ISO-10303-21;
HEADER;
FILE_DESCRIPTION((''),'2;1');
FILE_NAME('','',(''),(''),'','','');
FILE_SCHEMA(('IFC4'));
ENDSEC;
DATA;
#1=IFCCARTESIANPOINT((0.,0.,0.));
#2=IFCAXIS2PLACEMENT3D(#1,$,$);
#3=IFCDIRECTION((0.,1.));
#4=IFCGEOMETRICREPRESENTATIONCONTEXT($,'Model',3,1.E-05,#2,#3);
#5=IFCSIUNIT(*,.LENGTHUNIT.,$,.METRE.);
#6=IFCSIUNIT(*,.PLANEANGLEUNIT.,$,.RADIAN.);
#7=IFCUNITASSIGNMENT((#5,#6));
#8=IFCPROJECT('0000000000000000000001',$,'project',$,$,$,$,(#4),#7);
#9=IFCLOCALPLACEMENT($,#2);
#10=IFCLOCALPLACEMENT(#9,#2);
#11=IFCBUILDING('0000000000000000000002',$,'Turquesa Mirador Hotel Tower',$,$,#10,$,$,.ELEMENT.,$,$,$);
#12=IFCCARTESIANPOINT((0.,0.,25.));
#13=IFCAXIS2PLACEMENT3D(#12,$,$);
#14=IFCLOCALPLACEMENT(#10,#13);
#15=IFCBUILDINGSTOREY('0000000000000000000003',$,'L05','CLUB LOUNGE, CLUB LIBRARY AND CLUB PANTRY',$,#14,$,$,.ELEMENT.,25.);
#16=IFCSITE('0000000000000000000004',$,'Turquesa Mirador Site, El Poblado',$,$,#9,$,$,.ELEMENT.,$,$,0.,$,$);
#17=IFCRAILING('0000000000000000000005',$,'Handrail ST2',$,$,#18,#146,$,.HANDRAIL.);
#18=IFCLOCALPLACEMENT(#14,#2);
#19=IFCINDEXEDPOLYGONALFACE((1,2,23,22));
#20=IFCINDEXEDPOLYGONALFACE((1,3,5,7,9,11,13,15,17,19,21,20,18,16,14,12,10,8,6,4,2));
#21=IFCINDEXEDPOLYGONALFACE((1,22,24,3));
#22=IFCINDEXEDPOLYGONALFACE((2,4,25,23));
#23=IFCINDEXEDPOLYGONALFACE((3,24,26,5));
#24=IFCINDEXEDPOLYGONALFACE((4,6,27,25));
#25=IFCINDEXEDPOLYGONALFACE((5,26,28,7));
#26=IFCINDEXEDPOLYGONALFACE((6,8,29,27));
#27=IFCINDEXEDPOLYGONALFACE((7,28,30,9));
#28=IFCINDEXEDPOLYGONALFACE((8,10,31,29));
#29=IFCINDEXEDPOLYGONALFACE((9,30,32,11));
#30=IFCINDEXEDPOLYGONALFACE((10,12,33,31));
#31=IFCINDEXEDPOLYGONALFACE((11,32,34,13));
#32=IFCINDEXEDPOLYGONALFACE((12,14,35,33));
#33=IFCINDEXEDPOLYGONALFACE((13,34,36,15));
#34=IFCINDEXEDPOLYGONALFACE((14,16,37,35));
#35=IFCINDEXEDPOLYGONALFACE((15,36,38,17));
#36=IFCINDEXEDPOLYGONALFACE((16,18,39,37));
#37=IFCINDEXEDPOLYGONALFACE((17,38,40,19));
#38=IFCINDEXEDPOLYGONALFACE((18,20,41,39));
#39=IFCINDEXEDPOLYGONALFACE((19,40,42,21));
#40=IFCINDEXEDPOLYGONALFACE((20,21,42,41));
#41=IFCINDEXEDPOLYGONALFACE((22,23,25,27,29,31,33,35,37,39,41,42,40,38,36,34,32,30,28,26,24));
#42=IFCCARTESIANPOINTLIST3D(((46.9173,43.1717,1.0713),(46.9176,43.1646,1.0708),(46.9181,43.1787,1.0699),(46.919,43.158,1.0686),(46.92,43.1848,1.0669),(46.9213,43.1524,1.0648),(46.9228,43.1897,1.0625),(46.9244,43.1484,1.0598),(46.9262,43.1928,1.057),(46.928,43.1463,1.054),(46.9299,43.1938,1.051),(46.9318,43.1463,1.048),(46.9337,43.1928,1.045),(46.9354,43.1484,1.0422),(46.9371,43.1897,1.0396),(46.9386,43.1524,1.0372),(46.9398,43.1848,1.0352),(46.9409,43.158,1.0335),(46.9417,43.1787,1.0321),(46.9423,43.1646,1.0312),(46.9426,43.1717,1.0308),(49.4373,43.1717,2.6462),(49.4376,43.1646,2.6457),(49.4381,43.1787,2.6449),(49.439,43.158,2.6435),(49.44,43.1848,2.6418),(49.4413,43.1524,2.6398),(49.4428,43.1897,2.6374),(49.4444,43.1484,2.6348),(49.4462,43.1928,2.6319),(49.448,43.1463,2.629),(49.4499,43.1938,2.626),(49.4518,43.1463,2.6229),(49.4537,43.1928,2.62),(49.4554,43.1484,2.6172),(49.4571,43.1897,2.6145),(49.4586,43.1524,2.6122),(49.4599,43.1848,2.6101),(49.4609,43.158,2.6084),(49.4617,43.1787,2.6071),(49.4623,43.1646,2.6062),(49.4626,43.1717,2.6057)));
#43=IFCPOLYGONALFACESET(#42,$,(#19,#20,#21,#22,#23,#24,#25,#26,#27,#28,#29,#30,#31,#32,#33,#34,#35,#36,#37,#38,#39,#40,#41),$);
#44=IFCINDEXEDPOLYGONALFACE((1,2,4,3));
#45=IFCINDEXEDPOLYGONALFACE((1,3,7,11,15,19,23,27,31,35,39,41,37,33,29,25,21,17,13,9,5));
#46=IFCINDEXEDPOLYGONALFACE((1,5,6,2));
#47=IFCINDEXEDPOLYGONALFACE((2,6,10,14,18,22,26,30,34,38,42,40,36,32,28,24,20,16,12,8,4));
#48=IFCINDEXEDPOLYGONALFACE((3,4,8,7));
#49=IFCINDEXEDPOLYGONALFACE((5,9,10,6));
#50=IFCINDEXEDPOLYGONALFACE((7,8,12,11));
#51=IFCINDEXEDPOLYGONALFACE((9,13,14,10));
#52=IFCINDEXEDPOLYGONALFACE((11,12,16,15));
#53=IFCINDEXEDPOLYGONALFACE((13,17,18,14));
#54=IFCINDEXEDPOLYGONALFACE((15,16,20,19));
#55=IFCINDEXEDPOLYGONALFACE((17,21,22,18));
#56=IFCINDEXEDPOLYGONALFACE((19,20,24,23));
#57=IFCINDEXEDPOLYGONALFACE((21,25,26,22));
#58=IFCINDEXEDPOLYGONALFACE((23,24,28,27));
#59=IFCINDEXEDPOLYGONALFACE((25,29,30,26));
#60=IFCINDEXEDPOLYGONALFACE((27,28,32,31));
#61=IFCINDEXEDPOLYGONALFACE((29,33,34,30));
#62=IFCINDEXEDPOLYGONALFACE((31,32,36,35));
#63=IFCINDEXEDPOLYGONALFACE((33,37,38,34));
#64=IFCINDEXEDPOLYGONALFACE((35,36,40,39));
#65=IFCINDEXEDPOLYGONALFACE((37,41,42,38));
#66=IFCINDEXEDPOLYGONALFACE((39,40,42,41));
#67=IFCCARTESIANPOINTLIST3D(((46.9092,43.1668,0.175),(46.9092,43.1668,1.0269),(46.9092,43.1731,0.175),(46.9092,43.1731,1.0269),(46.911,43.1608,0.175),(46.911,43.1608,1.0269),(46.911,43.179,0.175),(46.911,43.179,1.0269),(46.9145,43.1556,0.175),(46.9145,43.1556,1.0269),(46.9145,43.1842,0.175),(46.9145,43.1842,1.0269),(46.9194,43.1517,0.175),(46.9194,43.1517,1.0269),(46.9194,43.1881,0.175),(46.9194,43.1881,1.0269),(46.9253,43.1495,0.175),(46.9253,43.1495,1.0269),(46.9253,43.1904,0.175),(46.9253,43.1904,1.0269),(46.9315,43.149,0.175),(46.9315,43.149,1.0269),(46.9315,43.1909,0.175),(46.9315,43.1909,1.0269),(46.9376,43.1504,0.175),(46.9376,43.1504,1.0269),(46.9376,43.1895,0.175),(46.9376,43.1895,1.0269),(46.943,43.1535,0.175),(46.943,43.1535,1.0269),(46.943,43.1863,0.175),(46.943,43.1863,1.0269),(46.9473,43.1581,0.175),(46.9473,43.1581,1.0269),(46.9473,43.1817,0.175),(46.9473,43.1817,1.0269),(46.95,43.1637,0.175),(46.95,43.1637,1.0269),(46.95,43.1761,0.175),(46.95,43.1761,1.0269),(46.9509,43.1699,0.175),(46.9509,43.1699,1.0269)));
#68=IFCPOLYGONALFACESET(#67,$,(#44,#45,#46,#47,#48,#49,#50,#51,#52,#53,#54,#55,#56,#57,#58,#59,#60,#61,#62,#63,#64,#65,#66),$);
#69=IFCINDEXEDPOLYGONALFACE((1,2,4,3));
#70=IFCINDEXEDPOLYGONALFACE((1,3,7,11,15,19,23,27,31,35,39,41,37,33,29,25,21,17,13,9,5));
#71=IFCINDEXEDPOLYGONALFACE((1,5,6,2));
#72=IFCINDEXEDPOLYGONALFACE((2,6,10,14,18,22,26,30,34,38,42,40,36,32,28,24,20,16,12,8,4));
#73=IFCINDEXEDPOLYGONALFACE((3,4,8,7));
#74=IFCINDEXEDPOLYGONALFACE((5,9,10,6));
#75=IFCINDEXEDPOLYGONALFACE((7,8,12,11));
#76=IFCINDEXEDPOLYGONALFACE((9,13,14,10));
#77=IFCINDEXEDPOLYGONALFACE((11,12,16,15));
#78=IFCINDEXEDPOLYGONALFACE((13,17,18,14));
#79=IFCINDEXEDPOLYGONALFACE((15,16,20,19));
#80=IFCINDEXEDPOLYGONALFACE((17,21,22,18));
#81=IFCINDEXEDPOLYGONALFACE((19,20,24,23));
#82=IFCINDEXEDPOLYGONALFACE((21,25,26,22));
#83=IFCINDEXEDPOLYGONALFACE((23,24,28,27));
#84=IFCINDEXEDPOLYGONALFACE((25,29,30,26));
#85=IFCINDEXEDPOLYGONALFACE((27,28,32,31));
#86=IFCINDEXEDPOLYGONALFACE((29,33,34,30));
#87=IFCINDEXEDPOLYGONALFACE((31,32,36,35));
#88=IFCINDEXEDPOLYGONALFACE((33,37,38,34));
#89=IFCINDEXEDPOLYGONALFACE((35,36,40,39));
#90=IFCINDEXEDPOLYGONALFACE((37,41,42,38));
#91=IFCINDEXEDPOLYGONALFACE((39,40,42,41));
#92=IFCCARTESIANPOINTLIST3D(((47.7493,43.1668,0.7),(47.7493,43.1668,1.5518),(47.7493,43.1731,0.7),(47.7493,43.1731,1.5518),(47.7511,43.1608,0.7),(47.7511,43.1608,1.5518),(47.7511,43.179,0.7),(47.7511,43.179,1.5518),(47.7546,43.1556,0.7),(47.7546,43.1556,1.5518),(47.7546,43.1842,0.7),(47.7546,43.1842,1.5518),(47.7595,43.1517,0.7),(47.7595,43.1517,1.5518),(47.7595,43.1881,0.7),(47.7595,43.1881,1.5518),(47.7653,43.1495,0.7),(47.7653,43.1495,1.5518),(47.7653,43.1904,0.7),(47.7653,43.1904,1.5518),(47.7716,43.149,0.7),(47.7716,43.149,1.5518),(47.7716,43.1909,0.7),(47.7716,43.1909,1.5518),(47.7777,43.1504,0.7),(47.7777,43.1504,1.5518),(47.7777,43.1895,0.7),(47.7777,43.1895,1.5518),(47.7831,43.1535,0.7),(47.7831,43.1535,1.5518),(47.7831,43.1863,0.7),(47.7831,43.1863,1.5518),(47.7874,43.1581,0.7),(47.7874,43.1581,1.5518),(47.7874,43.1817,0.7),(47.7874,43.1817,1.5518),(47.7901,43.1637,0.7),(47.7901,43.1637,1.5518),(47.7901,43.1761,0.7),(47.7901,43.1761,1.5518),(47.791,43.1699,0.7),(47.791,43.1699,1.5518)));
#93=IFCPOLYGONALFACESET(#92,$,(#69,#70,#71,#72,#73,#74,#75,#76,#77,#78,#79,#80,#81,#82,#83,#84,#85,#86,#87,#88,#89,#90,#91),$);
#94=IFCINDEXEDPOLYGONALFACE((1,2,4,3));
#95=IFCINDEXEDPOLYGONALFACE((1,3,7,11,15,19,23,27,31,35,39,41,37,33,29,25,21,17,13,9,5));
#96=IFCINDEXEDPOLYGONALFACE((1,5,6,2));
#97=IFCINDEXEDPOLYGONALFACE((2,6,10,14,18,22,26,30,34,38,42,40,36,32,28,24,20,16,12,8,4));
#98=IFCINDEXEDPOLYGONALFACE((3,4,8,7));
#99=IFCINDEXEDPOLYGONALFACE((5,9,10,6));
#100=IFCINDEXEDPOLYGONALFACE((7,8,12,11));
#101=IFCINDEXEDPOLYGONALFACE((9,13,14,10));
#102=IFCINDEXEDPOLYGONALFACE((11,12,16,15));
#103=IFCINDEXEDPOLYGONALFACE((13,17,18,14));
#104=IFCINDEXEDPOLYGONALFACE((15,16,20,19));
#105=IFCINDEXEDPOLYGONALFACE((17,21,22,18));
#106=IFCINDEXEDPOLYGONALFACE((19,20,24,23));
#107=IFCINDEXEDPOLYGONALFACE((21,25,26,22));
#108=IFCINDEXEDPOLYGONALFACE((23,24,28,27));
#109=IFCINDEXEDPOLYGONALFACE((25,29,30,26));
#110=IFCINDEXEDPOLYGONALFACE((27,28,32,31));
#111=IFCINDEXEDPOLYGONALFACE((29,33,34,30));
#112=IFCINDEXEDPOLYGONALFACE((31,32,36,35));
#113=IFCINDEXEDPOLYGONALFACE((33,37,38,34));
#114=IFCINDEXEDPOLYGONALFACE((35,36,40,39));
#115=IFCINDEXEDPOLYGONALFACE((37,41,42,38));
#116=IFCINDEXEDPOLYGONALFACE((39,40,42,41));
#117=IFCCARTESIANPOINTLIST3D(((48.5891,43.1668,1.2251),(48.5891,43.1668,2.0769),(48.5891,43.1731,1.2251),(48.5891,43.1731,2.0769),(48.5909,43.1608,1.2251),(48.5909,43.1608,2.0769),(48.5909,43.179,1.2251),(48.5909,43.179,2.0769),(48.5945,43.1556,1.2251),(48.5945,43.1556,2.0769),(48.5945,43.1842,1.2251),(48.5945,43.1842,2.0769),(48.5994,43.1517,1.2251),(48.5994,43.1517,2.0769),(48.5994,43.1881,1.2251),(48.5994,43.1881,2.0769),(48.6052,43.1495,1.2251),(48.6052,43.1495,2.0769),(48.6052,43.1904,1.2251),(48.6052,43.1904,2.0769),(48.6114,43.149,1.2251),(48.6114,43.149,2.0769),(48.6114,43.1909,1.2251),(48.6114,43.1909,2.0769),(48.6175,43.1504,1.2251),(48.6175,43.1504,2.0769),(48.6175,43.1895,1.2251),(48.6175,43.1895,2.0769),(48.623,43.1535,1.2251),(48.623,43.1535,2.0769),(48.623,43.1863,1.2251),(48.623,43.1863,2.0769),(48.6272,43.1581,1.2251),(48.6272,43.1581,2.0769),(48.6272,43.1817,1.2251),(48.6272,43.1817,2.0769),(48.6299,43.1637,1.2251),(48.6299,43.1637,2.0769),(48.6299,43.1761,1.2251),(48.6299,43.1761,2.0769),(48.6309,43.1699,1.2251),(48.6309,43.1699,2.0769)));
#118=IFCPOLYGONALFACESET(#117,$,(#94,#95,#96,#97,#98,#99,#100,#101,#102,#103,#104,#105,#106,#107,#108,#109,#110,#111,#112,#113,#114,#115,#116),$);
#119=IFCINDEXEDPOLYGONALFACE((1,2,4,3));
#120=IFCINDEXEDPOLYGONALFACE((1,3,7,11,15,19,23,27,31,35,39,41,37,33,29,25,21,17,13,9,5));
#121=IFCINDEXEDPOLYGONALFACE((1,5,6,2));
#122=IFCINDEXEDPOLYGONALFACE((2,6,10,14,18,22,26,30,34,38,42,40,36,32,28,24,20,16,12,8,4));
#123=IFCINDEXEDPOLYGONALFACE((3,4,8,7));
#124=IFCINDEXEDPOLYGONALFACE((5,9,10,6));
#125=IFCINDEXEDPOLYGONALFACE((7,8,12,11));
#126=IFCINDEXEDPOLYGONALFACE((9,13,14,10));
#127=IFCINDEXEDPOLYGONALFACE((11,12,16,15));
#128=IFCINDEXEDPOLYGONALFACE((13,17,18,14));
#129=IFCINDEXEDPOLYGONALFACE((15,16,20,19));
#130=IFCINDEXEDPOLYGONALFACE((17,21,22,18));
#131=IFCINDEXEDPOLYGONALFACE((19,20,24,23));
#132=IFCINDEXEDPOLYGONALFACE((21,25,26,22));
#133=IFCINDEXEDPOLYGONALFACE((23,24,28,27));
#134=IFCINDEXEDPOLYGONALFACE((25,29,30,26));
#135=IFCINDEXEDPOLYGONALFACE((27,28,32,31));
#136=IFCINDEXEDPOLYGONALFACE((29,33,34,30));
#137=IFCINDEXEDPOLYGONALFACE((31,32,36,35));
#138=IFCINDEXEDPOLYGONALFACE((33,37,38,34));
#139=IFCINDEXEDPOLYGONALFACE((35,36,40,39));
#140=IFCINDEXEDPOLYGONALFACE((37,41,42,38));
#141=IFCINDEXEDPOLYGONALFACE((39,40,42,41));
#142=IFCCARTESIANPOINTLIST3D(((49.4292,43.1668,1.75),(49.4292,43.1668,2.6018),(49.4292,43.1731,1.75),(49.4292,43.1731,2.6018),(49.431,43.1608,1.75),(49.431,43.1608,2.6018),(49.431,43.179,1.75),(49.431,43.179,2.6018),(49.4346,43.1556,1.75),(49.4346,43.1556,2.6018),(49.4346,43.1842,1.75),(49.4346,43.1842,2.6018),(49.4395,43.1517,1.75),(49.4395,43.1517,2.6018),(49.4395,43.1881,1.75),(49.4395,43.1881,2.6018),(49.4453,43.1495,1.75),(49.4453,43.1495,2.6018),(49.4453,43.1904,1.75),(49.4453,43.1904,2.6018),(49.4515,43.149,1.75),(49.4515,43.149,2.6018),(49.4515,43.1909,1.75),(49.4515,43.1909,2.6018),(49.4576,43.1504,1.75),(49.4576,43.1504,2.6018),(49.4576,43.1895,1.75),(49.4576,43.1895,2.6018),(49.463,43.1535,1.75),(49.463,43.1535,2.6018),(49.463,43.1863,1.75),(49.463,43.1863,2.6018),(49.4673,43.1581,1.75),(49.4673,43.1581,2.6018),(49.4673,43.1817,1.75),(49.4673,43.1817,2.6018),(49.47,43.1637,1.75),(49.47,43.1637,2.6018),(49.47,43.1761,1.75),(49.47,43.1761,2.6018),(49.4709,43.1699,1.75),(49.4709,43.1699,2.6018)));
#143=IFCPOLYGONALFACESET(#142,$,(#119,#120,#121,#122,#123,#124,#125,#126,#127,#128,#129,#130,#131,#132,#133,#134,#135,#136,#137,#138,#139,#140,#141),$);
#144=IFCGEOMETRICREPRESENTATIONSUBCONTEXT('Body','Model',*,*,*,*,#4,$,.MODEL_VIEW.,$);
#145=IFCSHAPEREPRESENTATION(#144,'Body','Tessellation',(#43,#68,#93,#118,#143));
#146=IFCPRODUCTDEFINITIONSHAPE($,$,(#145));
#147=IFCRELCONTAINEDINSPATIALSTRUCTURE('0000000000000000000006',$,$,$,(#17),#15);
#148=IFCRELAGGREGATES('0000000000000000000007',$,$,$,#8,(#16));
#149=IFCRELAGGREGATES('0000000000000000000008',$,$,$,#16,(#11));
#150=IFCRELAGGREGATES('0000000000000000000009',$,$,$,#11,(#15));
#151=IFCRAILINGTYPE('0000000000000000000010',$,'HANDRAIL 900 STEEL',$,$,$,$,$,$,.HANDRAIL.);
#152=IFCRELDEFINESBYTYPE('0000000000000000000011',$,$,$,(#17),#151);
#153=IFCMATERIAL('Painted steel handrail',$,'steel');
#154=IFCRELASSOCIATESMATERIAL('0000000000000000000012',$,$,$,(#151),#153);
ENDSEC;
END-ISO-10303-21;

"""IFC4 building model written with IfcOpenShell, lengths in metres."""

from ifc_helpers import new_model, si_unit, direction, frame, origin, origin_2d, place, context, subcontext, project, spatial, circle, extrude, material, type_object, element, save


model = new_model("IFC4")

# Units and contexts
model_context = context("Model", 3, precision=1e-05, world=origin(), true_north=direction((0.0, 1.0)))
body_context = subcontext(model_context, "Body", "Model", "MODEL_VIEW")
ifc_project = project(units=[si_unit("LENGTHUNIT", "METRE"), si_unit("PLANEANGLEUNIT", "RADIAN")], contexts=[model_context])

# Site, building, storey
site_placement = place(None, origin())
site = spatial("IfcSite", under=ifc_project, at=site_placement, Name="Turquesa Mirador Site, El Poblado", CompositionType="ELEMENT", RefElevation=0.0)
building_placement = place(site_placement, origin())
building = spatial("IfcBuilding", under=site, at=building_placement, Name="Turquesa Mirador Hotel Tower", CompositionType="ELEMENT")
storey_placement = place(building_placement, frame((0.0, 0.0, 25.0)))
storey = spatial("IfcBuildingStorey", under=building, at=storey_placement, Name="L05", Description="CLUB LOUNGE, CLUB LIBRARY AND CLUB PANTRY", CompositionType="ELEMENT", Elevation=25.0)

# Railing
ifc_material_1 = material(Name="Painted steel handrail", Category="steel")
railing_type = type_object("IfcRailingType", Name="HANDRAIL 900 STEEL", PredefinedType="HANDRAIL", material=ifc_material_1)
for number, where, name in (
    (1, (46.9299, 43.1699, 0.175), "Handrail ST2"),
):
    element("IfcRailing", number, at=place(storey_placement, frame(where)), inside=storey, type_object=railing_type, Name=name, PredefinedType="HANDRAIL", context=body_context, shape_type="SweptSolid", body=[
        extrude(circle(Radius=0.0239, at=origin_2d()), frame((0.0, 0.0, 0.876), z_axis=(0.848008, 0.0, 0.529984), x_axis=(0.0, 1.0, 0.0)), (0.0, 0.0, 1.0), 2.9717),
        extrude(circle(Radius=0.021, at=origin_2d()), origin(), (0.0, 0.0, 1.0), 0.8518),
        extrude(circle(Radius=0.021, at=origin_2d()), frame((0.8401, 0.0, 0.5249)), (0.0, 0.0, 1.0), 0.8518),
        extrude(circle(Radius=0.021, at=origin_2d()), frame((1.6799, 0.0, 1.05)), (0.0, 0.0, 1.0), 0.8518),
        extrude(circle(Radius=0.021, at=origin_2d()), frame((2.52, 0.0, 1.575)), (0.0, 0.0, 1.0), 0.8518),
    ])

save(model, "model.ifc")
